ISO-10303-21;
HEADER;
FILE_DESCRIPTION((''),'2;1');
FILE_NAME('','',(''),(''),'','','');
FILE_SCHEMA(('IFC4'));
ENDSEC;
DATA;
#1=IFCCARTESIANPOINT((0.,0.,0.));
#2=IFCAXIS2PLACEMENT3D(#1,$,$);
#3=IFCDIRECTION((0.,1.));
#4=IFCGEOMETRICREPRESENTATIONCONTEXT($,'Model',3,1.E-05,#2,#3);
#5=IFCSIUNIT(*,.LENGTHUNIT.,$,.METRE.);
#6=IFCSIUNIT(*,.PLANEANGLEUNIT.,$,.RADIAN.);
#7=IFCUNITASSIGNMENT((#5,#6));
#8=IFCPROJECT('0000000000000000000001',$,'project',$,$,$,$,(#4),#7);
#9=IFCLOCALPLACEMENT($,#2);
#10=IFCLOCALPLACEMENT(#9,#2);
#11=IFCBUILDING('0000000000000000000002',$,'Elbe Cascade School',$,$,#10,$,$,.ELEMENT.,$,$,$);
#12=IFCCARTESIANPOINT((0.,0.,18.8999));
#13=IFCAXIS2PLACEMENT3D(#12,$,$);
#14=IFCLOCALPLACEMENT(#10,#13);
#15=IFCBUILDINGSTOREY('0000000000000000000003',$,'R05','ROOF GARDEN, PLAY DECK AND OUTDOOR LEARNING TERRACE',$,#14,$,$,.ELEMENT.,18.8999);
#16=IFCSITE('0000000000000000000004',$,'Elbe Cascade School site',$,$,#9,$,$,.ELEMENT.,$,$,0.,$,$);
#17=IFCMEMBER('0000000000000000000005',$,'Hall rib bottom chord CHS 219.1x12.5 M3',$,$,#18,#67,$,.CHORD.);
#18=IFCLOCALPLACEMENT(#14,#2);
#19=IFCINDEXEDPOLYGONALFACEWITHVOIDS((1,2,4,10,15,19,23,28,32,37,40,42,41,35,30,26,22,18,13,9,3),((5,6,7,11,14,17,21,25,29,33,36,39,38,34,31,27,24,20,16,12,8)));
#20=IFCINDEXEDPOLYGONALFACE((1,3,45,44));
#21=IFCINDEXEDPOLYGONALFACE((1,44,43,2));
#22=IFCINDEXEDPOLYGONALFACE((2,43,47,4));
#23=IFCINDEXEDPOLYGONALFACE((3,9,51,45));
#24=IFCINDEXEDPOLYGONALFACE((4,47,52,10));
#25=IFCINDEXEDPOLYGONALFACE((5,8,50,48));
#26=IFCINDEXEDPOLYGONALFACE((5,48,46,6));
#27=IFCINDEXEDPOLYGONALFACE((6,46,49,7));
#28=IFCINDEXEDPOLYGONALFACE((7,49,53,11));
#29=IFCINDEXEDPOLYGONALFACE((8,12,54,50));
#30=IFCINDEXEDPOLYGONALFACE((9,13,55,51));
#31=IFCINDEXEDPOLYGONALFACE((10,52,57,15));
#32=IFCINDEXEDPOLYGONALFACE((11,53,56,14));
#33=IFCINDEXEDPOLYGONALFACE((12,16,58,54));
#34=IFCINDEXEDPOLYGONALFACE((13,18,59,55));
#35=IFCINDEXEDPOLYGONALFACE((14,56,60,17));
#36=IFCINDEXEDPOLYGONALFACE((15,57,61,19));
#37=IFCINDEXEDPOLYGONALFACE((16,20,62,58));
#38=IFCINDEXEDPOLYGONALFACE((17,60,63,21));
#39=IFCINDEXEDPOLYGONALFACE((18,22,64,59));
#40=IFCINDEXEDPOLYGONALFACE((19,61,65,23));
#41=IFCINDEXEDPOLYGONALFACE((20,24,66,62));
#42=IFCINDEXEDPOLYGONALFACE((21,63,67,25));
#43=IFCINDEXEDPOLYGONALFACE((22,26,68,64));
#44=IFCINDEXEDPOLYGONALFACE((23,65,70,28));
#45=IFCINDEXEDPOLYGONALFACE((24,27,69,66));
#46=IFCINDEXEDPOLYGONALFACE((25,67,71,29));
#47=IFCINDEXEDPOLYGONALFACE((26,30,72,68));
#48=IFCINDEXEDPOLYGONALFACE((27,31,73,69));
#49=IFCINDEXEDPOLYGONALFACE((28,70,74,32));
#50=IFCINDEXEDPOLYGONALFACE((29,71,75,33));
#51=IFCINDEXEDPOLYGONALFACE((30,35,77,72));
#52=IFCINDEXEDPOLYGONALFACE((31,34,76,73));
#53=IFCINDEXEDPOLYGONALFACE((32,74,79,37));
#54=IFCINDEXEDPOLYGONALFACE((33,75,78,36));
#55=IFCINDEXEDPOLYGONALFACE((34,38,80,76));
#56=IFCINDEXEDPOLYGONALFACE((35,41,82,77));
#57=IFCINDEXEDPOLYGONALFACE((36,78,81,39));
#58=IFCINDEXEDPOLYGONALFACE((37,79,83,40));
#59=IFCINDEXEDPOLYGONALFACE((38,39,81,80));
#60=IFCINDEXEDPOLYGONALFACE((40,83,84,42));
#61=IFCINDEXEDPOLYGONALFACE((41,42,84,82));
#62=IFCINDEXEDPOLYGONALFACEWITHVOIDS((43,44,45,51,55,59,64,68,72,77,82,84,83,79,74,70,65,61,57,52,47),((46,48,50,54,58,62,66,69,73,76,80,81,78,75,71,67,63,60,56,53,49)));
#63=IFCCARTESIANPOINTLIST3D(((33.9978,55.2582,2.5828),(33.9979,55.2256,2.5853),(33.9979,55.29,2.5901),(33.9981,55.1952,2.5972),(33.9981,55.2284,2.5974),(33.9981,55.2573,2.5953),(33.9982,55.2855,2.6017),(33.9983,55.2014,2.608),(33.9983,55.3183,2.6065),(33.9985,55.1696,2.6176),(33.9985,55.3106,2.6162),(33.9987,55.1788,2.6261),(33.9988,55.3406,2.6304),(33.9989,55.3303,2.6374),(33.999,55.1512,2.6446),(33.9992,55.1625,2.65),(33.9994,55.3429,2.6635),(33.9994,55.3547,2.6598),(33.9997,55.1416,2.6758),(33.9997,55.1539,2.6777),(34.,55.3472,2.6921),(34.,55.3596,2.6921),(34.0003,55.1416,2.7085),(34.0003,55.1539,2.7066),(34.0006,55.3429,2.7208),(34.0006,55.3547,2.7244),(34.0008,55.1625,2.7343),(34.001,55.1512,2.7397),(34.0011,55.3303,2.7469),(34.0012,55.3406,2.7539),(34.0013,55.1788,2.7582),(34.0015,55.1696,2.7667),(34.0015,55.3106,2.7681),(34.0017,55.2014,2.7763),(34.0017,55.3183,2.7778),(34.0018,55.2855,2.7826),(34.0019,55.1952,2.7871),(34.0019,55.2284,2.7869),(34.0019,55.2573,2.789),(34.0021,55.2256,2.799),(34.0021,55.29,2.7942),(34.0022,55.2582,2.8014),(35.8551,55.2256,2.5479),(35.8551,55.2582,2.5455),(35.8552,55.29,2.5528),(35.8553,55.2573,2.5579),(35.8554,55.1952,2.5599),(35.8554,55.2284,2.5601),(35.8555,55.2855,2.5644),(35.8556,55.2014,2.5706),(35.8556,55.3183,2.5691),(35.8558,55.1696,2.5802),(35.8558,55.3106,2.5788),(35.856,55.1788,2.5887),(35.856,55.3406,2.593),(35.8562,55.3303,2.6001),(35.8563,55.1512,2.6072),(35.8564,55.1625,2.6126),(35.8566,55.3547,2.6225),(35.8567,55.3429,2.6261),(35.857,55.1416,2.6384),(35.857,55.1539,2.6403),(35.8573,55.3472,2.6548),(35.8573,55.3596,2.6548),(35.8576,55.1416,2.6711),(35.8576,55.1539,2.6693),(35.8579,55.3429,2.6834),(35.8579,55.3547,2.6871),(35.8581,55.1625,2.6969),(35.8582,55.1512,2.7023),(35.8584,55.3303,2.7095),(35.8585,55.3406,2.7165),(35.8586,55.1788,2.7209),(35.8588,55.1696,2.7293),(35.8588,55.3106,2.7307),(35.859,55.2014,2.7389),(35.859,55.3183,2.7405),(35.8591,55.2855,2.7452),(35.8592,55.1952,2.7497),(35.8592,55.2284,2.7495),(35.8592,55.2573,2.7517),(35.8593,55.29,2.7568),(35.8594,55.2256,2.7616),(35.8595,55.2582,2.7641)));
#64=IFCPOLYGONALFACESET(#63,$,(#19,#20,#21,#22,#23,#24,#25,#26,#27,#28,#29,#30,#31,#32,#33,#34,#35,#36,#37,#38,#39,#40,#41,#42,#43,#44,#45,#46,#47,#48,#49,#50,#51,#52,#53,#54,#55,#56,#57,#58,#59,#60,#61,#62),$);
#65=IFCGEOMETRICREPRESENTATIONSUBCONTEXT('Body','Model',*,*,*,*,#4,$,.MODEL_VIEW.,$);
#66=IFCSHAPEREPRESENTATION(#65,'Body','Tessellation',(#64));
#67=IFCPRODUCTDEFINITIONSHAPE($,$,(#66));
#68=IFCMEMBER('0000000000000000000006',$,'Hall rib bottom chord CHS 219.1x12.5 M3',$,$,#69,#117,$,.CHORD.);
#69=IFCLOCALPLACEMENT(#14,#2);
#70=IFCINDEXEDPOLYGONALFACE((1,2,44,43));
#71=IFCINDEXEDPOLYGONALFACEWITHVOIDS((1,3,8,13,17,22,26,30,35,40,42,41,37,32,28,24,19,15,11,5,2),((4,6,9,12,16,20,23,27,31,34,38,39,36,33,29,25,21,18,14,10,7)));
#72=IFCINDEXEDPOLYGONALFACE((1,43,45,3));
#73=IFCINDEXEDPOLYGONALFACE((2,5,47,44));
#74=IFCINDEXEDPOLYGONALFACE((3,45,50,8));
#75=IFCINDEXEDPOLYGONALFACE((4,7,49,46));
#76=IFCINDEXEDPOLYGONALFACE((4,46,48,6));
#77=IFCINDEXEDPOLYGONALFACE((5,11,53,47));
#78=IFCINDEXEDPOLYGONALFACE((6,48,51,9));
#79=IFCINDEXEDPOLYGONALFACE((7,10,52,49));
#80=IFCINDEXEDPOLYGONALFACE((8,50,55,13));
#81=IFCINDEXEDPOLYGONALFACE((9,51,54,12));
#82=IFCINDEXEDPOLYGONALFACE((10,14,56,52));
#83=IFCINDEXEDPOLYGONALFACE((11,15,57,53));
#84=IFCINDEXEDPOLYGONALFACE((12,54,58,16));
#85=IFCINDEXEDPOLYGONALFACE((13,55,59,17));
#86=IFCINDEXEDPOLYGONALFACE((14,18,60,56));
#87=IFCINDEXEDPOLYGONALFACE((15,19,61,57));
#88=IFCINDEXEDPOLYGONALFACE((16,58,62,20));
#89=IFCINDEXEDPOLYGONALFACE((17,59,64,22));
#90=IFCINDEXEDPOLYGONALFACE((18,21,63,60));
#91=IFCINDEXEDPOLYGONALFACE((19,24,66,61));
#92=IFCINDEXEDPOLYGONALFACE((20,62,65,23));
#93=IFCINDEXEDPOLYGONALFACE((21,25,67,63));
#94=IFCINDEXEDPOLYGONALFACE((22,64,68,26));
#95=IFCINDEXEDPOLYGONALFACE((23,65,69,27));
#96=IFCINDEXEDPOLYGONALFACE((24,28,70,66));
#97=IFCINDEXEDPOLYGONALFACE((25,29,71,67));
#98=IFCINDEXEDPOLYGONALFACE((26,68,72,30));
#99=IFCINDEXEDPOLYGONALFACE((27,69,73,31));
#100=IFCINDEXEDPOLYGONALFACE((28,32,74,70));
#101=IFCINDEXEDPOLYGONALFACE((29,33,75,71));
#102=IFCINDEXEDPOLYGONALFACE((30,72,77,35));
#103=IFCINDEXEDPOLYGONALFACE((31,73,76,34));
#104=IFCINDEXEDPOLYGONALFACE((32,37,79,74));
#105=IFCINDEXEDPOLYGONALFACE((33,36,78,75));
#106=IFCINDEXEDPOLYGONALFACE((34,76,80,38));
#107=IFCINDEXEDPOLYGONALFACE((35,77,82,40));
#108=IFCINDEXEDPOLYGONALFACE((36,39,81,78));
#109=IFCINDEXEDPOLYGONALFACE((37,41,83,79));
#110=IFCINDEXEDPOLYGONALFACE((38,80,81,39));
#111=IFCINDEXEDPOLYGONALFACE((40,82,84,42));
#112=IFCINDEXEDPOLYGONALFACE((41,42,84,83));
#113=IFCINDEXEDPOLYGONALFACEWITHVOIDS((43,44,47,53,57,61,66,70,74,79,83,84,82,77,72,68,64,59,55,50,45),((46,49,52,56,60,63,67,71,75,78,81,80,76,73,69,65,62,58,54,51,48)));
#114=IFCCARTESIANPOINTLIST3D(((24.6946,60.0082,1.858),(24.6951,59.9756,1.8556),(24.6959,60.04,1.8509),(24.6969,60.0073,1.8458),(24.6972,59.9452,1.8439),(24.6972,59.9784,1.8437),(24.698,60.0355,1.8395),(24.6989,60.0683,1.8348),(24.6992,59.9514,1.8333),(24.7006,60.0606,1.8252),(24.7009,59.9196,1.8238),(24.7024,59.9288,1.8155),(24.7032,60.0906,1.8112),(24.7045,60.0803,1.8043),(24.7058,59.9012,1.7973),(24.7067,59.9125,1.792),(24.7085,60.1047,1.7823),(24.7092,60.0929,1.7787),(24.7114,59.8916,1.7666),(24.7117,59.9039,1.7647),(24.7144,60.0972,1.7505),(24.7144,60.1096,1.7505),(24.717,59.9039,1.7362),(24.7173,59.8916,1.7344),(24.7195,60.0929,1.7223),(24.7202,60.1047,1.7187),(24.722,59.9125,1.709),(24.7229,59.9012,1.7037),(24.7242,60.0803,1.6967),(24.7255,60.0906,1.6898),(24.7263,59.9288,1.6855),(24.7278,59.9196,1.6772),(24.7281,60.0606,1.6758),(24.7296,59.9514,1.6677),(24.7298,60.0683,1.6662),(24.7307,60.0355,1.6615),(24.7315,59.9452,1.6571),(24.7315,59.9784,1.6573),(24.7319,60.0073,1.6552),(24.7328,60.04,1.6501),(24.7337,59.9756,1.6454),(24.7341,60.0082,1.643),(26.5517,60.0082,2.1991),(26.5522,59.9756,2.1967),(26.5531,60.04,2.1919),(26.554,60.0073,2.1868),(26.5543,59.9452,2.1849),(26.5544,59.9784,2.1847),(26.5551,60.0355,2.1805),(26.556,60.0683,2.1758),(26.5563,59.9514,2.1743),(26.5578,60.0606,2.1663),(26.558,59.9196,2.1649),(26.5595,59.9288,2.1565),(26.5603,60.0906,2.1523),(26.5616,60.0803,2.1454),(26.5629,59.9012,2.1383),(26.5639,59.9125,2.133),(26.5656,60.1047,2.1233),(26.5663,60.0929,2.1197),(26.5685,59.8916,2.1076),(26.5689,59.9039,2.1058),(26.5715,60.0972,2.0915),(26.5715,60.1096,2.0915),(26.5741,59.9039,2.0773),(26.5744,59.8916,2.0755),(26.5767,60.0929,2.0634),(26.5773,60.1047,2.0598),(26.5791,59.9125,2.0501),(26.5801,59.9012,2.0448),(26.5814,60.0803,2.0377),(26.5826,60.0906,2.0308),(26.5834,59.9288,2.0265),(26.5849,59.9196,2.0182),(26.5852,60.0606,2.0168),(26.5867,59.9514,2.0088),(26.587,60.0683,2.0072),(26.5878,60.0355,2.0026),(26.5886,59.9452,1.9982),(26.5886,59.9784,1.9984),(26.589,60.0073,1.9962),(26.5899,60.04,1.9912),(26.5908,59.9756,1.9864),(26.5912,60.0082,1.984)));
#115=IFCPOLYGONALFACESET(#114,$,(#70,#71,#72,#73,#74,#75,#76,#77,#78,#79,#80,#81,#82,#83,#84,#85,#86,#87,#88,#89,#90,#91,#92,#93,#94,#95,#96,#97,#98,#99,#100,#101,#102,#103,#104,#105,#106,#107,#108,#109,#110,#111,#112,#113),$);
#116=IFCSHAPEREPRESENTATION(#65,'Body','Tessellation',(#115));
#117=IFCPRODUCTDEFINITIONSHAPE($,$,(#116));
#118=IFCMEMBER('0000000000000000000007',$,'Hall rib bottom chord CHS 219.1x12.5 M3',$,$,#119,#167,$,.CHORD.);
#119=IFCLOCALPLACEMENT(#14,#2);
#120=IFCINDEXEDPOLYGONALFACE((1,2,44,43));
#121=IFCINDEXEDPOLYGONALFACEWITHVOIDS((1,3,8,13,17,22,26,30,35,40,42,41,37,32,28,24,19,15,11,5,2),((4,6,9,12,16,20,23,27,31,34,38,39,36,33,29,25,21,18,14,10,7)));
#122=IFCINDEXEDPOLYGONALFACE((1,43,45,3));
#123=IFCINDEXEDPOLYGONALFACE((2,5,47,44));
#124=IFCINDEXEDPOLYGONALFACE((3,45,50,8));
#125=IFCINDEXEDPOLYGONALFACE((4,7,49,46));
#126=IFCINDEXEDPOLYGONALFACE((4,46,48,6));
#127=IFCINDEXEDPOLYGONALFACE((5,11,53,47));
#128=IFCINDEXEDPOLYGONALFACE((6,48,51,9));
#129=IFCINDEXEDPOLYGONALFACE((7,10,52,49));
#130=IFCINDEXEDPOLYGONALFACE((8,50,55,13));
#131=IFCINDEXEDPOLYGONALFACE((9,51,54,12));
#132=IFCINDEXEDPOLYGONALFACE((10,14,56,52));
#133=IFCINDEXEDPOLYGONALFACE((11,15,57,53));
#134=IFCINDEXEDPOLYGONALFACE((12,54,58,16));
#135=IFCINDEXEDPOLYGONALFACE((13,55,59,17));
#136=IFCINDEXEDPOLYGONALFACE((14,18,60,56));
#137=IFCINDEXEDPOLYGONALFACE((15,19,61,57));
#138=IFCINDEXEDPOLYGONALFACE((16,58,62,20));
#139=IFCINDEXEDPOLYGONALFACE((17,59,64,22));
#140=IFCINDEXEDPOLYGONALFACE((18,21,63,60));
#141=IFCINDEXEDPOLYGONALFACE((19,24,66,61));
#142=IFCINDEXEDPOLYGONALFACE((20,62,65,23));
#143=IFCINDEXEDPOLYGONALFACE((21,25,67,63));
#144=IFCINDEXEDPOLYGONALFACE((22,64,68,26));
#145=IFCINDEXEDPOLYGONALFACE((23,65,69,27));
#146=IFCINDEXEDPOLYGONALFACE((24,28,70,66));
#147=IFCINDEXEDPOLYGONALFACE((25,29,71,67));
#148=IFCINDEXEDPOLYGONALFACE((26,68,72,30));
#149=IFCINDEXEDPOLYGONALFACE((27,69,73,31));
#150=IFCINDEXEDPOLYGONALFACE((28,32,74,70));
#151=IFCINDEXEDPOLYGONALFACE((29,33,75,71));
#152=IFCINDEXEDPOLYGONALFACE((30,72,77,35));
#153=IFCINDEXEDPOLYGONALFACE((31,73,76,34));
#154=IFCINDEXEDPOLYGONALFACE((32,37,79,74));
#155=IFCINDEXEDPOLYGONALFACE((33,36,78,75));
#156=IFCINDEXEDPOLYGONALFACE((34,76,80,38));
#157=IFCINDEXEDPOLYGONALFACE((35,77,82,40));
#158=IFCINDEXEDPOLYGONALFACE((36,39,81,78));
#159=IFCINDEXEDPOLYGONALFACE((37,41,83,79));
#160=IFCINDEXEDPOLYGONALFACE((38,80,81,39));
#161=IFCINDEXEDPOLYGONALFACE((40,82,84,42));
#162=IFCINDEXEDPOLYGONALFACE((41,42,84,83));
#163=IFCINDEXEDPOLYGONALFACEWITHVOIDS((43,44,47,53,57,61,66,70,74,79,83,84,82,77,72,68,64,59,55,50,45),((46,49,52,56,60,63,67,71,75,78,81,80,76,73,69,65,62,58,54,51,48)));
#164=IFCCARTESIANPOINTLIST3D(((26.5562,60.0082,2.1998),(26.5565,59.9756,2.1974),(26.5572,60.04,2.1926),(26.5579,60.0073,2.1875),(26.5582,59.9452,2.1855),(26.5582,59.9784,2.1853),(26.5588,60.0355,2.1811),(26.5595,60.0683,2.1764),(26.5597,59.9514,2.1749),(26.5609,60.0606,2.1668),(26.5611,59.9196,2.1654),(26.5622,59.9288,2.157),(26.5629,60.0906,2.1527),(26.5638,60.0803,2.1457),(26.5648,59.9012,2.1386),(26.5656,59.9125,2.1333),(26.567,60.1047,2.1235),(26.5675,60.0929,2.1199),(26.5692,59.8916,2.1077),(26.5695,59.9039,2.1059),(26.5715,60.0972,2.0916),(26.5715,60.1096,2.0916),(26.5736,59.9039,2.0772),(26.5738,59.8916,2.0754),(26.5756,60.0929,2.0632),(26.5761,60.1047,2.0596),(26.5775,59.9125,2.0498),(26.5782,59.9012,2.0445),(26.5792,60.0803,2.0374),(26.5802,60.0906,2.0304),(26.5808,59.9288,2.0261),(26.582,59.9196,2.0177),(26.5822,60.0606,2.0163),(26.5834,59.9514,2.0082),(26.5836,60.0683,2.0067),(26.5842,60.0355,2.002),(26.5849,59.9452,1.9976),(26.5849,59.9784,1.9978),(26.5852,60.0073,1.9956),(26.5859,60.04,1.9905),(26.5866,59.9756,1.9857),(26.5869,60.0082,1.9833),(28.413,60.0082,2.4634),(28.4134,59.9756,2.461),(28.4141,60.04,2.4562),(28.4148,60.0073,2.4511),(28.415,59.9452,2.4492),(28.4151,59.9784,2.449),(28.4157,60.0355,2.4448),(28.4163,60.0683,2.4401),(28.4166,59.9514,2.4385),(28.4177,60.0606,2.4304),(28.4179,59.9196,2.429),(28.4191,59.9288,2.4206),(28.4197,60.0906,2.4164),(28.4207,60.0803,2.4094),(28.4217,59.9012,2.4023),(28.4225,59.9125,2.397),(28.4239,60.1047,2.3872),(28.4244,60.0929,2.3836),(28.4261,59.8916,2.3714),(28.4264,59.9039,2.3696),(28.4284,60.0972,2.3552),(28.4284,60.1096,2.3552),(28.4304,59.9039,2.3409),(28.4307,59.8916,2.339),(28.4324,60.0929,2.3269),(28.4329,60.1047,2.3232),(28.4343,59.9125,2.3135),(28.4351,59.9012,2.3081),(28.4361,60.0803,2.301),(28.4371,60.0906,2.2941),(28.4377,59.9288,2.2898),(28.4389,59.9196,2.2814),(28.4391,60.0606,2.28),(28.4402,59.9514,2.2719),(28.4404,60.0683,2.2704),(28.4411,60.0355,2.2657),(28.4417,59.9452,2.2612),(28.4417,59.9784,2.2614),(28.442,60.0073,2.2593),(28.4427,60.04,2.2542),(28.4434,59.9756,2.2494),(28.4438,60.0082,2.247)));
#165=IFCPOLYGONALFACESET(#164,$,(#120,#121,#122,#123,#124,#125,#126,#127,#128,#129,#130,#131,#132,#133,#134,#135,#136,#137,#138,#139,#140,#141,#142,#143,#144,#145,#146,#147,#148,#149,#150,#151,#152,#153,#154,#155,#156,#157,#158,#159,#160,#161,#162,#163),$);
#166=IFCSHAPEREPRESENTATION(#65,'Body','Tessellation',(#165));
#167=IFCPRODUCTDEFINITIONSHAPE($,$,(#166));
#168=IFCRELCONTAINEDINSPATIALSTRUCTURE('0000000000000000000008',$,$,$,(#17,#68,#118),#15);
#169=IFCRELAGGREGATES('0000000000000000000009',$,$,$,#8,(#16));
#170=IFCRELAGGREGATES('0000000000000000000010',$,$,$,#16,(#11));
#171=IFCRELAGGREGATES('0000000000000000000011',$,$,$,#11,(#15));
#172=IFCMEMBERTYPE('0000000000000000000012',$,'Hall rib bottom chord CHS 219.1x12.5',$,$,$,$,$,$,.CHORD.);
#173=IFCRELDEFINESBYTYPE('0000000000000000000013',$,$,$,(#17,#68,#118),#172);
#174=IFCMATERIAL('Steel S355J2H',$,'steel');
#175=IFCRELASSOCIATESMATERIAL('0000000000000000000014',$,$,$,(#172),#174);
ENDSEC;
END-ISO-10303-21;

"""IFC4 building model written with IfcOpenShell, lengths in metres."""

from ifc_helpers import new_model, si_unit, direction, frame, origin, origin_2d, place, context, subcontext, project, spatial, hollow_circle, extrude, material, material_profile, profile_set, type_object, element, save


model = new_model("IFC4")

# Units and contexts
model_context = context("Model", 3, precision=1e-05, world=origin(), true_north=direction((0.0, 1.0)))
body_context = subcontext(model_context, "Body", "Model", "MODEL_VIEW")
ifc_project = project(units=[si_unit("LENGTHUNIT", "METRE"), si_unit("PLANEANGLEUNIT", "RADIAN")], contexts=[model_context])

# Site, building, storey
site_placement = place(None, origin())
site = spatial("IfcSite", under=ifc_project, at=site_placement, Name="Elbe Cascade School site", CompositionType="ELEMENT", RefElevation=0.0)
building_placement = place(site_placement, origin())
building = spatial("IfcBuilding", under=site, at=building_placement, Name="Elbe Cascade School", CompositionType="ELEMENT")
storey_placement = place(building_placement, frame((0.0, 0.0, 18.8999)))
storey = spatial("IfcBuildingStorey", under=building, at=storey_placement, Name="R05", Description="ROOF GARDEN, PLAY DECK AND OUTDOOR LEARNING TERRACE", CompositionType="ELEMENT", Elevation=18.8999)

# Members
ifc_material_1 = material(Name="Steel S355J2H", Category="steel")
ifc_material_profile_1 = material_profile(ifc_material_1, hollow_circle(Radius=0.1096, WallThickness=0.0125, at=origin_2d()), Name="CHS 219.1x12.5")
ifc_profile_set_1 = profile_set([ifc_material_profile_1], Name="Steel S355J2H")
member_type_1 = type_object("IfcMemberType", Name="Hall rib bottom chord CHS 219.1x12.5", PredefinedType="CHORD", material=ifc_profile_set_1)
for number, where, z_axis, x_axis, name in (
    (1, (34.0, 55.25, 2.6921), (0.999798, 0.0, -0.020109), (0.0, 1.0, 0.0), "Hall rib bottom chord CHS 219.1x12.5 M3"),
):
    element("IfcMember", number, at=place(storey_placement, frame(where, z_axis=z_axis, x_axis=x_axis)), inside=storey, type_object=member_type_1, Name=name, PredefinedType="CHORD", context=body_context, shape_type="SweptSolid", body=[
        extrude(hollow_circle(Radius=0.1096, WallThickness=0.0125, at=origin_2d()), origin(), (0.0, 0.0, 1.0), 1.8577),
    ])
member_1_placement = place(storey_placement, frame((24.7144, 60.0, 1.7505), z_axis=(0.983552, 0.0, 0.180626), x_axis=(0.0, 1.0, 0.0)))
element("IfcMember", 2, at=member_1_placement, inside=storey, type_object=member_type_1, Name="Hall rib bottom chord CHS 219.1x12.5 M3", PredefinedType="CHORD", context=body_context, shape_type="SweptSolid", body=[
    extrude(hollow_circle(Radius=0.1096, WallThickness=0.0125, at=origin_2d()), origin(), (0.0, 0.0, 1.0), 1.8882),
])
member_2_placement = place(storey_placement, frame((26.5715, 60.0, 2.0916), z_axis=(0.990069, 0.0, 0.140583), x_axis=(0.0, 1.0, 0.0)))
element("IfcMember", 3, at=member_2_placement, inside=storey, type_object=member_type_1, Name="Hall rib bottom chord CHS 219.1x12.5 M3", PredefinedType="CHORD", context=body_context, shape_type="SweptSolid", body=[
    extrude(hollow_circle(Radius=0.1096, WallThickness=0.0125, at=origin_2d()), origin(), (0.0, 0.0, 1.0), 1.8755),
])

save(model, "model.ifc")
